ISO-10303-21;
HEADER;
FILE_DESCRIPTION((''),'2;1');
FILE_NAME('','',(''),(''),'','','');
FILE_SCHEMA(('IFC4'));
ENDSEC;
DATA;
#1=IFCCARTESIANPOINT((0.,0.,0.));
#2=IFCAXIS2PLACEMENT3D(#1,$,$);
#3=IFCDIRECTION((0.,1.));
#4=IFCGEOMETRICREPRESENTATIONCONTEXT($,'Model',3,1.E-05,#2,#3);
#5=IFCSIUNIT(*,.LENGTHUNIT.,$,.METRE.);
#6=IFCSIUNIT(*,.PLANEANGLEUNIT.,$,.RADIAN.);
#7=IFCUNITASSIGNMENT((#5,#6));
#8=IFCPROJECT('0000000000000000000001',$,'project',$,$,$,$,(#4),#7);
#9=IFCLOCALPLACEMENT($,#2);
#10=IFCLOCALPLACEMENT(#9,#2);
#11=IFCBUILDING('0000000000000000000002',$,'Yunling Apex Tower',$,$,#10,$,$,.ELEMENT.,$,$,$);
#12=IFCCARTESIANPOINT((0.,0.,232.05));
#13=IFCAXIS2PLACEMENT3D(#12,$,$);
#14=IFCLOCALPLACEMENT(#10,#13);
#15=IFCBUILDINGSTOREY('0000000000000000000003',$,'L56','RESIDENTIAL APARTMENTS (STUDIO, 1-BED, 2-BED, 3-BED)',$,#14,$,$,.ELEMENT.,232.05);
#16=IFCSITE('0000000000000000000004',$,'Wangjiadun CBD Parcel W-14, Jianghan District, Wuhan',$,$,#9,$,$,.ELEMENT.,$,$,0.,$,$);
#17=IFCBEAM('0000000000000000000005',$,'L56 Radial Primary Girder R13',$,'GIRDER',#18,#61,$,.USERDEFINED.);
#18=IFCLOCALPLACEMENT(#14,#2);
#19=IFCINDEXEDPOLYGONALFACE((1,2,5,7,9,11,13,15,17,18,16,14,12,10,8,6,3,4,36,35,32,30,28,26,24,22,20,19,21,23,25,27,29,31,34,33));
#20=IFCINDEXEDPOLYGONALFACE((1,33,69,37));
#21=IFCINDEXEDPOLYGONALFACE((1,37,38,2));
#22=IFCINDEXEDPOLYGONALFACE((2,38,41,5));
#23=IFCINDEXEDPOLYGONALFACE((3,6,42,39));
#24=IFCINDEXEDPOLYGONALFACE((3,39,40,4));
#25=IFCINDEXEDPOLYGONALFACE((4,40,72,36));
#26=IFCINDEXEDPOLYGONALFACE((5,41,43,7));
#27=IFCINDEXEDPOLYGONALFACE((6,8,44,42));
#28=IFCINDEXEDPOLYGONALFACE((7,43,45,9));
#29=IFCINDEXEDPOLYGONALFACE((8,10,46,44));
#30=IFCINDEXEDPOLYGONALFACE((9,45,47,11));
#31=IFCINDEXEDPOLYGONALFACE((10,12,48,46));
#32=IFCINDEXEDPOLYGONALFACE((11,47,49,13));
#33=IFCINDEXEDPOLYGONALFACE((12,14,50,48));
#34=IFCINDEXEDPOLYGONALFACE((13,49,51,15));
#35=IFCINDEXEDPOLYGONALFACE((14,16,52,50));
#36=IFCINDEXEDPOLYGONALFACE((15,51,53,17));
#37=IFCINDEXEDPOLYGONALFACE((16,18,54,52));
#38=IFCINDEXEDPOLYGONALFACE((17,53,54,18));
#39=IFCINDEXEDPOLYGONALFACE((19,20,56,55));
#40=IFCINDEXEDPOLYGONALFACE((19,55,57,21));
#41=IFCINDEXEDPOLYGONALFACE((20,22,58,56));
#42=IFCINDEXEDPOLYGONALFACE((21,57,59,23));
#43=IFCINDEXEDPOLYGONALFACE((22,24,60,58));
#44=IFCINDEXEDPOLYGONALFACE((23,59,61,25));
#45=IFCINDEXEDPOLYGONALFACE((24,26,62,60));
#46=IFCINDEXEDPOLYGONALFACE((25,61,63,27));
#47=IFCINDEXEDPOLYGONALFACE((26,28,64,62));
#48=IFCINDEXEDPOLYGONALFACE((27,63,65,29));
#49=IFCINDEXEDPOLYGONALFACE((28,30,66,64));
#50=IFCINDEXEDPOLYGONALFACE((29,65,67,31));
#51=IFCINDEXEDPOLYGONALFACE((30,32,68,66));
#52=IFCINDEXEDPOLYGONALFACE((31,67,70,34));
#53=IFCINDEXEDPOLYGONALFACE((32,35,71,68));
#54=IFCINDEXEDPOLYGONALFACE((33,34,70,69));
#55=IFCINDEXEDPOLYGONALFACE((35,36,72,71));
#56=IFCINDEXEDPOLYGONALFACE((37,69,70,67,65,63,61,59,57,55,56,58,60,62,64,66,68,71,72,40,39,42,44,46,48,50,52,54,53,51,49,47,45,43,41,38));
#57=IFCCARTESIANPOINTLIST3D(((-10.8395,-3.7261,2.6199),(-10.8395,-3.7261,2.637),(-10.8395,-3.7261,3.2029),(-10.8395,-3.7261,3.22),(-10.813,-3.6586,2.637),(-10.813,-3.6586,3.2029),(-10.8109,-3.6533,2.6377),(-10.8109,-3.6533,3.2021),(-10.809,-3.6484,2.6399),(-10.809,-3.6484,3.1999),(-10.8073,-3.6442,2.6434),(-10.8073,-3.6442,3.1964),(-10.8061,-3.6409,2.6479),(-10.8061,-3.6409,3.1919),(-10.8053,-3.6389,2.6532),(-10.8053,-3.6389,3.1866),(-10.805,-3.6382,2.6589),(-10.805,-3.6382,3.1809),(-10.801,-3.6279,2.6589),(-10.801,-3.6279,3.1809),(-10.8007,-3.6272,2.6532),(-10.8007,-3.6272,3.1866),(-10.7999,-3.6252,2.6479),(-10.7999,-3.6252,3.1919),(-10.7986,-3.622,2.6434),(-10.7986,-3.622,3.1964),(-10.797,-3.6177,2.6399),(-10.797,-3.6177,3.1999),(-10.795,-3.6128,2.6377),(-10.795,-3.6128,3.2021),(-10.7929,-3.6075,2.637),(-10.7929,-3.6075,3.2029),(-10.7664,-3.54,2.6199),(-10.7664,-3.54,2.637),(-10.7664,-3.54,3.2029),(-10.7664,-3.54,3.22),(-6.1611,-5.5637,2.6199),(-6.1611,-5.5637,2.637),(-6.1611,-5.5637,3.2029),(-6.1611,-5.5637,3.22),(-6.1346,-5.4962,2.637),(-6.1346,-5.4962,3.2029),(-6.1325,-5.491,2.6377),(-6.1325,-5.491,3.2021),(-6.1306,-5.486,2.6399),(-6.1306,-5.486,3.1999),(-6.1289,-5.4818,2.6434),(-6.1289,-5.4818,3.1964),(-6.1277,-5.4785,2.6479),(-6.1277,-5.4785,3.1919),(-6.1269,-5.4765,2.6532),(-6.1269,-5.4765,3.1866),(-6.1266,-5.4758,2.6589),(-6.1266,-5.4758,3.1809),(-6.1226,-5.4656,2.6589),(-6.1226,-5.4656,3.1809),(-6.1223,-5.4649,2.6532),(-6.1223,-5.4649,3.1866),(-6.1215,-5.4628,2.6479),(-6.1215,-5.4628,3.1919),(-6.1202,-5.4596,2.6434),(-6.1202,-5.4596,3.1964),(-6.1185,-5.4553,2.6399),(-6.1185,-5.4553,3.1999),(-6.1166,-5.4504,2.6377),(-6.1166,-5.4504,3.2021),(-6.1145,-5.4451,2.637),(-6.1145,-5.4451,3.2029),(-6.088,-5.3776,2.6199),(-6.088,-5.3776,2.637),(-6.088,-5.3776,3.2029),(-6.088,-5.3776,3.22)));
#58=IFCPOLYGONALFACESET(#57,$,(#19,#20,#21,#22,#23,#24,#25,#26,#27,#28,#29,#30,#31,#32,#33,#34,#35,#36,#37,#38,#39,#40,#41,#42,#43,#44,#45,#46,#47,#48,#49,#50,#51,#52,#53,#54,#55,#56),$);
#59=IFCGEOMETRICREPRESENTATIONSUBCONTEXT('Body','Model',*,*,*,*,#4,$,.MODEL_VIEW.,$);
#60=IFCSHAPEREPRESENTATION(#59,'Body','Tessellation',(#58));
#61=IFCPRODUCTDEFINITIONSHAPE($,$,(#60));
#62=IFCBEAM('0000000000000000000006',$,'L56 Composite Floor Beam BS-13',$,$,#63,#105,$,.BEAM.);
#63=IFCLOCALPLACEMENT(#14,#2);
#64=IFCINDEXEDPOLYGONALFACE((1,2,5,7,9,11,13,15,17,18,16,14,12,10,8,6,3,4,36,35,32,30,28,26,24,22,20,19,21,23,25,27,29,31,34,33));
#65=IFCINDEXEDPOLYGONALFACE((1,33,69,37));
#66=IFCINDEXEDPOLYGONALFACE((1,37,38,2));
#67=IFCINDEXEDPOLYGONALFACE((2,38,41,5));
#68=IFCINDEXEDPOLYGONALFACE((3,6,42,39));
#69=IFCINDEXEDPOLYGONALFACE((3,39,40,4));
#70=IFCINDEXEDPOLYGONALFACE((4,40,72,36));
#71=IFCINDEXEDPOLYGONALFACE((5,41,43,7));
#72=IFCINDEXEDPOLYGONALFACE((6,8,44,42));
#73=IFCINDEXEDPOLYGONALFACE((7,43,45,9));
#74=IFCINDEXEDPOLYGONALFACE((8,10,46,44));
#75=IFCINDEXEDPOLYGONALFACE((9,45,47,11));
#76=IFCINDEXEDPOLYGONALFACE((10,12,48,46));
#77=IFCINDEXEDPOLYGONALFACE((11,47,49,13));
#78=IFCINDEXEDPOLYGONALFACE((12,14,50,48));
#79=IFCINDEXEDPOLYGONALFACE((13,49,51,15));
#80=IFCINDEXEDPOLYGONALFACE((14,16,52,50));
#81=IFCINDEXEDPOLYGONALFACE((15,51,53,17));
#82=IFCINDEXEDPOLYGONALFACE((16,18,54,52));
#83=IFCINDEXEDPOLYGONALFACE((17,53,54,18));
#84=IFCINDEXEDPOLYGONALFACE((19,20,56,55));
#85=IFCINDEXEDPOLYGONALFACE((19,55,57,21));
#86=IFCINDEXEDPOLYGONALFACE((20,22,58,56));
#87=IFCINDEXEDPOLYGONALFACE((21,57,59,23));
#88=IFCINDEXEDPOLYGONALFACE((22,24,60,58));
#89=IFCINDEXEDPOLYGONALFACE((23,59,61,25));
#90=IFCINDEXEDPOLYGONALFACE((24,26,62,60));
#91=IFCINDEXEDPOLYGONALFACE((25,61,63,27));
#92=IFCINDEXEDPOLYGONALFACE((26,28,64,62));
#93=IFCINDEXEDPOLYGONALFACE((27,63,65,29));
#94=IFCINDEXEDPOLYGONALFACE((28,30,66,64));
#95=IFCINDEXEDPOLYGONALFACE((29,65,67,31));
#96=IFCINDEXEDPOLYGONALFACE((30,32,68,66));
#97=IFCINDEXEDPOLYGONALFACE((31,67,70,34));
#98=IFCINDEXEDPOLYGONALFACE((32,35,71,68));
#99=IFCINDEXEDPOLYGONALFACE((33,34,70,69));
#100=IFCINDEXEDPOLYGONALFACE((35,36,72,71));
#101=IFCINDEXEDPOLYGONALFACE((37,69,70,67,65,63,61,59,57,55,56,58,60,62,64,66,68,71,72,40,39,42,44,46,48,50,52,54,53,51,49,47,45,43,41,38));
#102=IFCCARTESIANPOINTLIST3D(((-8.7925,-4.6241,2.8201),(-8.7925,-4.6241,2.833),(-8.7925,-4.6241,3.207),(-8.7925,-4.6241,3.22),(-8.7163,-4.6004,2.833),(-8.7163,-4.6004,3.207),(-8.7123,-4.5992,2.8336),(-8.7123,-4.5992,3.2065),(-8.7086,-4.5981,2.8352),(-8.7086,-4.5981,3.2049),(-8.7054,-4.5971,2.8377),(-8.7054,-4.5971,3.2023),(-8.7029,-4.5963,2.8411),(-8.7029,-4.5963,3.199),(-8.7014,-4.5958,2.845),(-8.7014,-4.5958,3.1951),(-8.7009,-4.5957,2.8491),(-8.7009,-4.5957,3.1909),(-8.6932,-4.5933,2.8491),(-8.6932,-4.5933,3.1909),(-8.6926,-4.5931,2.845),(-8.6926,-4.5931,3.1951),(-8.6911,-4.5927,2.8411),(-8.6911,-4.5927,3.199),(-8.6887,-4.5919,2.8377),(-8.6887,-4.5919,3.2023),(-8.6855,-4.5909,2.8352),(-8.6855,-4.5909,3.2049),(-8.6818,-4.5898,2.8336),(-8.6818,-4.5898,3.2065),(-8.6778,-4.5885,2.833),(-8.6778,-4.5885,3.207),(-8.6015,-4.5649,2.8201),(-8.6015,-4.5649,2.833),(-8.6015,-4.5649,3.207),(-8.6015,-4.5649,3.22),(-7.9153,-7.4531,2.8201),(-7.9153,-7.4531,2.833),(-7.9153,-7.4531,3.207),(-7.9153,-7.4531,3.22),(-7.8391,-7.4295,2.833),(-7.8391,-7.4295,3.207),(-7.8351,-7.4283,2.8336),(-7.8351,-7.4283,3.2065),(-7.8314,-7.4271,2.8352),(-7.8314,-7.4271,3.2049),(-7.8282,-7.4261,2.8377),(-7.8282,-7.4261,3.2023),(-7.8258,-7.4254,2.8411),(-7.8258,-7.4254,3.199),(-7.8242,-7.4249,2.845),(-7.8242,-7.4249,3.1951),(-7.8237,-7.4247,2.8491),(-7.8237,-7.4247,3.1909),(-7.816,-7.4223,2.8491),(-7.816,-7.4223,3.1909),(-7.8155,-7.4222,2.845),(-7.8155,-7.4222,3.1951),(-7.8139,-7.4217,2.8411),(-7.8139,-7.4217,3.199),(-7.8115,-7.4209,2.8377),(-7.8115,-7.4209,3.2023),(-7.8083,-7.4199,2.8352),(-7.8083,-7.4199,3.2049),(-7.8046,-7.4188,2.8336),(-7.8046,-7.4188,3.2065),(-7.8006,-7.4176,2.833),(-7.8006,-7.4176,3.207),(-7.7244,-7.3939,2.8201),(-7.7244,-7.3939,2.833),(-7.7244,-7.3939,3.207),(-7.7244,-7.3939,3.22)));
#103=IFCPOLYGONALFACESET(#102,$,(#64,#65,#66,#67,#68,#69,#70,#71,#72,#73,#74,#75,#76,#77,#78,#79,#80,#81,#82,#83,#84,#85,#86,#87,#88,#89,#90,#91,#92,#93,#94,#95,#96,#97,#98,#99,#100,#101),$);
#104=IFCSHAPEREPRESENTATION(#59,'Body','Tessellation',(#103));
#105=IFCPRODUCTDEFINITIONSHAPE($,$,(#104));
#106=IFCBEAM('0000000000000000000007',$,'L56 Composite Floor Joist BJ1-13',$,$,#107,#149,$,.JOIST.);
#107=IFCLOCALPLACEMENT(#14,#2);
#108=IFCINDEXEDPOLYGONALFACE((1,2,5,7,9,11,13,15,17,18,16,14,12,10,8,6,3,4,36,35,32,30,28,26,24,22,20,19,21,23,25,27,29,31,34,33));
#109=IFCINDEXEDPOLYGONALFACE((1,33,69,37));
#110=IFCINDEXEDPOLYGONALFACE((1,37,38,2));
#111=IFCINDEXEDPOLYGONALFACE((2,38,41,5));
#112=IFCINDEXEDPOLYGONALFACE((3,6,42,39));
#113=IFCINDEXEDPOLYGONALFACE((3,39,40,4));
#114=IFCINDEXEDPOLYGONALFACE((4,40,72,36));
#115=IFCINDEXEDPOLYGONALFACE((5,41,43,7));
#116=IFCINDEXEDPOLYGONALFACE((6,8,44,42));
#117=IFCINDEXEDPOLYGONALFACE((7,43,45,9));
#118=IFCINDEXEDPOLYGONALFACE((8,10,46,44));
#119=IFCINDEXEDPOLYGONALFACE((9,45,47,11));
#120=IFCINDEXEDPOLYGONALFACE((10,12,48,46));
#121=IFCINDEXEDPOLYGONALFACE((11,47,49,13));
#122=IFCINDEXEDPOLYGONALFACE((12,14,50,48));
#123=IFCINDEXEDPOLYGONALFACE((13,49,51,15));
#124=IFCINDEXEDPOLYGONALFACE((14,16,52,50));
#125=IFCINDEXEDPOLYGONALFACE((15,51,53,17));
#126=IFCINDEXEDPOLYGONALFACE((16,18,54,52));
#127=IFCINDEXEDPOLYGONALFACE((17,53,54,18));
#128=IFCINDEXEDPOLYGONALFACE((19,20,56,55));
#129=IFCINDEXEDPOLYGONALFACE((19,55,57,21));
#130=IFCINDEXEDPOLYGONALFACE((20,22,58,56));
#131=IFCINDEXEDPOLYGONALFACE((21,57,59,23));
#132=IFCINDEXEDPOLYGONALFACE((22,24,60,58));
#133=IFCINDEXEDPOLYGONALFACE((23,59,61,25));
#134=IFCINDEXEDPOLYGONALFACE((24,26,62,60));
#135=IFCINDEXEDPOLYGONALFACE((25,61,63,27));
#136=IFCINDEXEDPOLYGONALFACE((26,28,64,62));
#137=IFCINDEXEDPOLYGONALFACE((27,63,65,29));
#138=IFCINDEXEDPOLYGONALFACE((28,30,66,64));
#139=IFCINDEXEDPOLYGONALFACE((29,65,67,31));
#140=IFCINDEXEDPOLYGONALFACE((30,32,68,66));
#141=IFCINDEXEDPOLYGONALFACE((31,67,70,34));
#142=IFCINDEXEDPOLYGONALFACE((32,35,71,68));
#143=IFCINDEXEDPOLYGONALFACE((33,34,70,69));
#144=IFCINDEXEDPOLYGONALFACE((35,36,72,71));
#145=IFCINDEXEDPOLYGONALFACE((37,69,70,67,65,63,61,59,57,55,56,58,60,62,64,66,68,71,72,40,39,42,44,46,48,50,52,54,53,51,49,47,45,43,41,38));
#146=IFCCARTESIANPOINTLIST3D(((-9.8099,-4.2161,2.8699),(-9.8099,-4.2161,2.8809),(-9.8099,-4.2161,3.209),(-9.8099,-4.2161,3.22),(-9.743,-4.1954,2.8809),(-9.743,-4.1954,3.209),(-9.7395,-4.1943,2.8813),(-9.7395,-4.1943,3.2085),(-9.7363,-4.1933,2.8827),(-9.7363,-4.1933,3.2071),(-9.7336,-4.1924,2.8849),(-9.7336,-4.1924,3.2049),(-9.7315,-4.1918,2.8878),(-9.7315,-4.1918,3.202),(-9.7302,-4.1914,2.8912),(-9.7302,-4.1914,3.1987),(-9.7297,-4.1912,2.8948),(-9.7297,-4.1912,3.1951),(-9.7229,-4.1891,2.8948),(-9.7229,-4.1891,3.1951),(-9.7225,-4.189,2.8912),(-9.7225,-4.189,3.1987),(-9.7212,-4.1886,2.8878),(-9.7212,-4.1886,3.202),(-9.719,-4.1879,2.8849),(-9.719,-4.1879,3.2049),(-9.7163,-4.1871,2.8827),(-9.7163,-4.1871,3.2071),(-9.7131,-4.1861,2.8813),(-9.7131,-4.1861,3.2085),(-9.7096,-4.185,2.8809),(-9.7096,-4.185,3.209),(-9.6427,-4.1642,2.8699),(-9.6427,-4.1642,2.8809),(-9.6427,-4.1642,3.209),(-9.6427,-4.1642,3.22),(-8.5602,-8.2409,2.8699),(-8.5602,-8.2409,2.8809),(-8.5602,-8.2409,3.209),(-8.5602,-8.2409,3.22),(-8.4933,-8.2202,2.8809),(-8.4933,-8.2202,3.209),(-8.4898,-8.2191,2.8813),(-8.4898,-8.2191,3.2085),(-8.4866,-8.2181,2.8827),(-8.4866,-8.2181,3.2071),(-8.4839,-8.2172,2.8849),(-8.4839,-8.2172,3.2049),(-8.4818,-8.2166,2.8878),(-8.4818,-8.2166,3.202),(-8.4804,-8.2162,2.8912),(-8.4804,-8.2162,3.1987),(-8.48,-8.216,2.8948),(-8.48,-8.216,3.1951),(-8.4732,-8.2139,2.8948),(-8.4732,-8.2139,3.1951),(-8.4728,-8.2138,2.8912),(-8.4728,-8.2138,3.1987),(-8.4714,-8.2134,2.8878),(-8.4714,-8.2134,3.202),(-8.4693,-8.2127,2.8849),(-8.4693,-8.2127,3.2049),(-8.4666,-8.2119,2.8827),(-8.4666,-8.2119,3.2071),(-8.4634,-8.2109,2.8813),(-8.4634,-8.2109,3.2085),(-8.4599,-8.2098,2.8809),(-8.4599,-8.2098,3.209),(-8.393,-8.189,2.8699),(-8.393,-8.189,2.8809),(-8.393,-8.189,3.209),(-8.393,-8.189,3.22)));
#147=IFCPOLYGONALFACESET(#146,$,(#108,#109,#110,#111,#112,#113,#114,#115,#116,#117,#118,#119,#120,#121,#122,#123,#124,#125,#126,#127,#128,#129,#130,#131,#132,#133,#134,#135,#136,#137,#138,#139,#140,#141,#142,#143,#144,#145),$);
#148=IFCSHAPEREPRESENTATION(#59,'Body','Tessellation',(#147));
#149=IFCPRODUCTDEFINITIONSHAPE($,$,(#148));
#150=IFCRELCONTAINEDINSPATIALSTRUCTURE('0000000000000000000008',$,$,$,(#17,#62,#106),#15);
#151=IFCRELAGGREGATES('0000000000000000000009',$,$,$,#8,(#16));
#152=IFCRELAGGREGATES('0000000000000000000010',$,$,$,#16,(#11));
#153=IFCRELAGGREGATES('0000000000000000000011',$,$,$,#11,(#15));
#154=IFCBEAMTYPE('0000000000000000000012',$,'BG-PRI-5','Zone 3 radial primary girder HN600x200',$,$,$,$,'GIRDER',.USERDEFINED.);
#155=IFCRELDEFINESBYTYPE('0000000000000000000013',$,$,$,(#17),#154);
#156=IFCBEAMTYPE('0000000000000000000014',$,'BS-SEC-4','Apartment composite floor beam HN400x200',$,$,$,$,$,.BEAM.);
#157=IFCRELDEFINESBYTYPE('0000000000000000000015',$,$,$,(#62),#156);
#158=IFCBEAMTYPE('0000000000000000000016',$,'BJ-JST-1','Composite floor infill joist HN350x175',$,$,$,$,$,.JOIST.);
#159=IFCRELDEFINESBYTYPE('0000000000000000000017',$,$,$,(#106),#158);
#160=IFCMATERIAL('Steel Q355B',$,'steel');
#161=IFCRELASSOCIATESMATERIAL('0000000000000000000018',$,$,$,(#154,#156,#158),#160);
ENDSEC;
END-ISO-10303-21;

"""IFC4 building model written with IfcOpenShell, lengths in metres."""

from ifc_helpers import new_model, si_unit, direction, frame, origin, origin_2d, place, context, subcontext, project, spatial, i_section, extrude, source, transform, mapped, material, material_profile, profile_set, type_object, element, save


model = new_model("IFC4")

# Units and contexts
model_context = context("Model", 3, precision=1e-05, world=origin(), true_north=direction((0.0, 1.0)))
body_context = subcontext(model_context, "Body", "Model", "MODEL_VIEW")
ifc_project = project(units=[si_unit("LENGTHUNIT", "METRE"), si_unit("PLANEANGLEUNIT", "RADIAN")], contexts=[model_context])

# Site, building, storey
site_placement = place(None, origin())
site = spatial("IfcSite", under=ifc_project, at=site_placement, Name="Wangjiadun CBD Parcel W-14, Jianghan District, Wuhan", CompositionType="ELEMENT", RefElevation=0.0)
building_placement = place(site_placement, origin())
building = spatial("IfcBuilding", under=site, at=building_placement, Name="Yunling Apex Tower", CompositionType="ELEMENT")
storey_placement = place(building_placement, frame((0.0, 0.0, 232.05)))
storey = spatial("IfcBuildingStorey", under=building, at=storey_placement, Name="L56", Description="RESIDENTIAL APARTMENTS (STUDIO, 1-BED, 2-BED, 3-BED)", CompositionType="ELEMENT", Elevation=232.05)

# Beams
ifc_material_1 = material(Name="Steel Q355B", Category="steel")
ifc_material_profile_1 = material_profile(ifc_material_1, i_section(OverallWidth=0.2, OverallDepth=0.6001, WebThickness=0.011, FlangeThickness=0.0171, FilletRadius=0.022, at=origin_2d()))
ifc_profile_set_1 = profile_set([ifc_material_profile_1], Name="Steel Q355B")
beam_type_1 = type_object("IfcBeamType", Name="BG-PRI-5", Description="Zone 3 radial primary girder HN600x200", ElementType="GIRDER", PredefinedType="USERDEFINED", material=ifc_profile_set_1)
shared_shape_1 = source(origin(), body_context, "Body", "SweptSolid", [
    extrude(i_section(OverallWidth=0.2, OverallDepth=0.6001, WebThickness=0.011, FlangeThickness=0.0171, FilletRadius=0.022, at=origin_2d()), origin(), (0.0, 0.0, 1.0), 5.0264),
])
beam_1_placement = place(storey_placement, frame((-10.803, -3.6331, 2.9199), z_axis=(0.930773, -0.365597, 0.0), x_axis=(0.365597, 0.930773, 0.0)))
element("IfcBeam", 1, at=beam_1_placement, inside=storey, type_object=beam_type_1, Name="L56 Radial Primary Girder R13", ObjectType="GIRDER", PredefinedType="USERDEFINED", context=body_context, shape_type="MappedRepresentation", body=[
    mapped(shared_shape_1, transform((0.0, 0.0, 0.0), scale=1.0)),
])
ifc_material_profile_2 = material_profile(ifc_material_1, i_section(OverallWidth=0.2, OverallDepth=0.3999, WebThickness=0.0081, FlangeThickness=0.0129, FilletRadius=0.0161, at=origin_2d()))
ifc_profile_set_2 = profile_set([ifc_material_profile_2], Name="Steel Q355B")
beam_type_2 = type_object("IfcBeamType", Name="BS-SEC-4", Description="Apartment composite floor beam HN400x200", PredefinedType="BEAM", material=ifc_profile_set_2)
shared_shape_2 = source(origin(), body_context, "Body", "SweptSolid", [
    extrude(i_section(OverallWidth=0.2, OverallDepth=0.3999, WebThickness=0.0081, FlangeThickness=0.0129, FilletRadius=0.0161, at=origin_2d()), origin(), (0.0, 0.0, 1.0), 2.9619),
])
beam_2_placement = place(storey_placement, frame((-8.697, -4.5945, 3.02), z_axis=(0.296153, -0.955141, 0.0), x_axis=(0.955141, 0.296153, 0.0)))
element("IfcBeam", 2, at=beam_2_placement, inside=storey, type_object=beam_type_2, Name="L56 Composite Floor Beam BS-13", PredefinedType="BEAM", context=body_context, shape_type="MappedRepresentation", body=[
    mapped(shared_shape_2, transform((0.0, 0.0, 0.0), scale=1.0)),
])
ifc_material_profile_3 = material_profile(ifc_material_1, i_section(OverallWidth=0.175, OverallDepth=0.3501, WebThickness=0.0071, FlangeThickness=0.011, FilletRadius=0.0139, at=origin_2d()))
ifc_profile_set_3 = profile_set([ifc_material_profile_3], Name="Steel Q355B")
beam_type_3 = type_object("IfcBeamType", Name="BJ-JST-1", Description="Composite floor infill joist HN350x175", PredefinedType="JOIST", material=ifc_profile_set_3)
shared_shape_3 = source(origin(), body_context, "Body", "SweptSolid", [
    extrude(i_section(OverallWidth=0.175, OverallDepth=0.3501, WebThickness=0.0071, FlangeThickness=0.011, FilletRadius=0.0139, at=origin_2d()), origin(), (0.0, 0.0, 1.0), 4.2144),
])
beam_3_placement = place(storey_placement, frame((-9.7263, -4.1902, 3.0449), z_axis=(0.29654, -0.955021, 0.0), x_axis=(0.955021, 0.29654, 0.0)))
element("IfcBeam", 3, at=beam_3_placement, inside=storey, type_object=beam_type_3, Name="L56 Composite Floor Joist BJ1-13", PredefinedType="JOIST", context=body_context, shape_type="MappedRepresentation", body=[
    mapped(shared_shape_3, transform((0.0, 0.0, 0.0), scale=1.0)),
])

save(model, "model.ifc")
